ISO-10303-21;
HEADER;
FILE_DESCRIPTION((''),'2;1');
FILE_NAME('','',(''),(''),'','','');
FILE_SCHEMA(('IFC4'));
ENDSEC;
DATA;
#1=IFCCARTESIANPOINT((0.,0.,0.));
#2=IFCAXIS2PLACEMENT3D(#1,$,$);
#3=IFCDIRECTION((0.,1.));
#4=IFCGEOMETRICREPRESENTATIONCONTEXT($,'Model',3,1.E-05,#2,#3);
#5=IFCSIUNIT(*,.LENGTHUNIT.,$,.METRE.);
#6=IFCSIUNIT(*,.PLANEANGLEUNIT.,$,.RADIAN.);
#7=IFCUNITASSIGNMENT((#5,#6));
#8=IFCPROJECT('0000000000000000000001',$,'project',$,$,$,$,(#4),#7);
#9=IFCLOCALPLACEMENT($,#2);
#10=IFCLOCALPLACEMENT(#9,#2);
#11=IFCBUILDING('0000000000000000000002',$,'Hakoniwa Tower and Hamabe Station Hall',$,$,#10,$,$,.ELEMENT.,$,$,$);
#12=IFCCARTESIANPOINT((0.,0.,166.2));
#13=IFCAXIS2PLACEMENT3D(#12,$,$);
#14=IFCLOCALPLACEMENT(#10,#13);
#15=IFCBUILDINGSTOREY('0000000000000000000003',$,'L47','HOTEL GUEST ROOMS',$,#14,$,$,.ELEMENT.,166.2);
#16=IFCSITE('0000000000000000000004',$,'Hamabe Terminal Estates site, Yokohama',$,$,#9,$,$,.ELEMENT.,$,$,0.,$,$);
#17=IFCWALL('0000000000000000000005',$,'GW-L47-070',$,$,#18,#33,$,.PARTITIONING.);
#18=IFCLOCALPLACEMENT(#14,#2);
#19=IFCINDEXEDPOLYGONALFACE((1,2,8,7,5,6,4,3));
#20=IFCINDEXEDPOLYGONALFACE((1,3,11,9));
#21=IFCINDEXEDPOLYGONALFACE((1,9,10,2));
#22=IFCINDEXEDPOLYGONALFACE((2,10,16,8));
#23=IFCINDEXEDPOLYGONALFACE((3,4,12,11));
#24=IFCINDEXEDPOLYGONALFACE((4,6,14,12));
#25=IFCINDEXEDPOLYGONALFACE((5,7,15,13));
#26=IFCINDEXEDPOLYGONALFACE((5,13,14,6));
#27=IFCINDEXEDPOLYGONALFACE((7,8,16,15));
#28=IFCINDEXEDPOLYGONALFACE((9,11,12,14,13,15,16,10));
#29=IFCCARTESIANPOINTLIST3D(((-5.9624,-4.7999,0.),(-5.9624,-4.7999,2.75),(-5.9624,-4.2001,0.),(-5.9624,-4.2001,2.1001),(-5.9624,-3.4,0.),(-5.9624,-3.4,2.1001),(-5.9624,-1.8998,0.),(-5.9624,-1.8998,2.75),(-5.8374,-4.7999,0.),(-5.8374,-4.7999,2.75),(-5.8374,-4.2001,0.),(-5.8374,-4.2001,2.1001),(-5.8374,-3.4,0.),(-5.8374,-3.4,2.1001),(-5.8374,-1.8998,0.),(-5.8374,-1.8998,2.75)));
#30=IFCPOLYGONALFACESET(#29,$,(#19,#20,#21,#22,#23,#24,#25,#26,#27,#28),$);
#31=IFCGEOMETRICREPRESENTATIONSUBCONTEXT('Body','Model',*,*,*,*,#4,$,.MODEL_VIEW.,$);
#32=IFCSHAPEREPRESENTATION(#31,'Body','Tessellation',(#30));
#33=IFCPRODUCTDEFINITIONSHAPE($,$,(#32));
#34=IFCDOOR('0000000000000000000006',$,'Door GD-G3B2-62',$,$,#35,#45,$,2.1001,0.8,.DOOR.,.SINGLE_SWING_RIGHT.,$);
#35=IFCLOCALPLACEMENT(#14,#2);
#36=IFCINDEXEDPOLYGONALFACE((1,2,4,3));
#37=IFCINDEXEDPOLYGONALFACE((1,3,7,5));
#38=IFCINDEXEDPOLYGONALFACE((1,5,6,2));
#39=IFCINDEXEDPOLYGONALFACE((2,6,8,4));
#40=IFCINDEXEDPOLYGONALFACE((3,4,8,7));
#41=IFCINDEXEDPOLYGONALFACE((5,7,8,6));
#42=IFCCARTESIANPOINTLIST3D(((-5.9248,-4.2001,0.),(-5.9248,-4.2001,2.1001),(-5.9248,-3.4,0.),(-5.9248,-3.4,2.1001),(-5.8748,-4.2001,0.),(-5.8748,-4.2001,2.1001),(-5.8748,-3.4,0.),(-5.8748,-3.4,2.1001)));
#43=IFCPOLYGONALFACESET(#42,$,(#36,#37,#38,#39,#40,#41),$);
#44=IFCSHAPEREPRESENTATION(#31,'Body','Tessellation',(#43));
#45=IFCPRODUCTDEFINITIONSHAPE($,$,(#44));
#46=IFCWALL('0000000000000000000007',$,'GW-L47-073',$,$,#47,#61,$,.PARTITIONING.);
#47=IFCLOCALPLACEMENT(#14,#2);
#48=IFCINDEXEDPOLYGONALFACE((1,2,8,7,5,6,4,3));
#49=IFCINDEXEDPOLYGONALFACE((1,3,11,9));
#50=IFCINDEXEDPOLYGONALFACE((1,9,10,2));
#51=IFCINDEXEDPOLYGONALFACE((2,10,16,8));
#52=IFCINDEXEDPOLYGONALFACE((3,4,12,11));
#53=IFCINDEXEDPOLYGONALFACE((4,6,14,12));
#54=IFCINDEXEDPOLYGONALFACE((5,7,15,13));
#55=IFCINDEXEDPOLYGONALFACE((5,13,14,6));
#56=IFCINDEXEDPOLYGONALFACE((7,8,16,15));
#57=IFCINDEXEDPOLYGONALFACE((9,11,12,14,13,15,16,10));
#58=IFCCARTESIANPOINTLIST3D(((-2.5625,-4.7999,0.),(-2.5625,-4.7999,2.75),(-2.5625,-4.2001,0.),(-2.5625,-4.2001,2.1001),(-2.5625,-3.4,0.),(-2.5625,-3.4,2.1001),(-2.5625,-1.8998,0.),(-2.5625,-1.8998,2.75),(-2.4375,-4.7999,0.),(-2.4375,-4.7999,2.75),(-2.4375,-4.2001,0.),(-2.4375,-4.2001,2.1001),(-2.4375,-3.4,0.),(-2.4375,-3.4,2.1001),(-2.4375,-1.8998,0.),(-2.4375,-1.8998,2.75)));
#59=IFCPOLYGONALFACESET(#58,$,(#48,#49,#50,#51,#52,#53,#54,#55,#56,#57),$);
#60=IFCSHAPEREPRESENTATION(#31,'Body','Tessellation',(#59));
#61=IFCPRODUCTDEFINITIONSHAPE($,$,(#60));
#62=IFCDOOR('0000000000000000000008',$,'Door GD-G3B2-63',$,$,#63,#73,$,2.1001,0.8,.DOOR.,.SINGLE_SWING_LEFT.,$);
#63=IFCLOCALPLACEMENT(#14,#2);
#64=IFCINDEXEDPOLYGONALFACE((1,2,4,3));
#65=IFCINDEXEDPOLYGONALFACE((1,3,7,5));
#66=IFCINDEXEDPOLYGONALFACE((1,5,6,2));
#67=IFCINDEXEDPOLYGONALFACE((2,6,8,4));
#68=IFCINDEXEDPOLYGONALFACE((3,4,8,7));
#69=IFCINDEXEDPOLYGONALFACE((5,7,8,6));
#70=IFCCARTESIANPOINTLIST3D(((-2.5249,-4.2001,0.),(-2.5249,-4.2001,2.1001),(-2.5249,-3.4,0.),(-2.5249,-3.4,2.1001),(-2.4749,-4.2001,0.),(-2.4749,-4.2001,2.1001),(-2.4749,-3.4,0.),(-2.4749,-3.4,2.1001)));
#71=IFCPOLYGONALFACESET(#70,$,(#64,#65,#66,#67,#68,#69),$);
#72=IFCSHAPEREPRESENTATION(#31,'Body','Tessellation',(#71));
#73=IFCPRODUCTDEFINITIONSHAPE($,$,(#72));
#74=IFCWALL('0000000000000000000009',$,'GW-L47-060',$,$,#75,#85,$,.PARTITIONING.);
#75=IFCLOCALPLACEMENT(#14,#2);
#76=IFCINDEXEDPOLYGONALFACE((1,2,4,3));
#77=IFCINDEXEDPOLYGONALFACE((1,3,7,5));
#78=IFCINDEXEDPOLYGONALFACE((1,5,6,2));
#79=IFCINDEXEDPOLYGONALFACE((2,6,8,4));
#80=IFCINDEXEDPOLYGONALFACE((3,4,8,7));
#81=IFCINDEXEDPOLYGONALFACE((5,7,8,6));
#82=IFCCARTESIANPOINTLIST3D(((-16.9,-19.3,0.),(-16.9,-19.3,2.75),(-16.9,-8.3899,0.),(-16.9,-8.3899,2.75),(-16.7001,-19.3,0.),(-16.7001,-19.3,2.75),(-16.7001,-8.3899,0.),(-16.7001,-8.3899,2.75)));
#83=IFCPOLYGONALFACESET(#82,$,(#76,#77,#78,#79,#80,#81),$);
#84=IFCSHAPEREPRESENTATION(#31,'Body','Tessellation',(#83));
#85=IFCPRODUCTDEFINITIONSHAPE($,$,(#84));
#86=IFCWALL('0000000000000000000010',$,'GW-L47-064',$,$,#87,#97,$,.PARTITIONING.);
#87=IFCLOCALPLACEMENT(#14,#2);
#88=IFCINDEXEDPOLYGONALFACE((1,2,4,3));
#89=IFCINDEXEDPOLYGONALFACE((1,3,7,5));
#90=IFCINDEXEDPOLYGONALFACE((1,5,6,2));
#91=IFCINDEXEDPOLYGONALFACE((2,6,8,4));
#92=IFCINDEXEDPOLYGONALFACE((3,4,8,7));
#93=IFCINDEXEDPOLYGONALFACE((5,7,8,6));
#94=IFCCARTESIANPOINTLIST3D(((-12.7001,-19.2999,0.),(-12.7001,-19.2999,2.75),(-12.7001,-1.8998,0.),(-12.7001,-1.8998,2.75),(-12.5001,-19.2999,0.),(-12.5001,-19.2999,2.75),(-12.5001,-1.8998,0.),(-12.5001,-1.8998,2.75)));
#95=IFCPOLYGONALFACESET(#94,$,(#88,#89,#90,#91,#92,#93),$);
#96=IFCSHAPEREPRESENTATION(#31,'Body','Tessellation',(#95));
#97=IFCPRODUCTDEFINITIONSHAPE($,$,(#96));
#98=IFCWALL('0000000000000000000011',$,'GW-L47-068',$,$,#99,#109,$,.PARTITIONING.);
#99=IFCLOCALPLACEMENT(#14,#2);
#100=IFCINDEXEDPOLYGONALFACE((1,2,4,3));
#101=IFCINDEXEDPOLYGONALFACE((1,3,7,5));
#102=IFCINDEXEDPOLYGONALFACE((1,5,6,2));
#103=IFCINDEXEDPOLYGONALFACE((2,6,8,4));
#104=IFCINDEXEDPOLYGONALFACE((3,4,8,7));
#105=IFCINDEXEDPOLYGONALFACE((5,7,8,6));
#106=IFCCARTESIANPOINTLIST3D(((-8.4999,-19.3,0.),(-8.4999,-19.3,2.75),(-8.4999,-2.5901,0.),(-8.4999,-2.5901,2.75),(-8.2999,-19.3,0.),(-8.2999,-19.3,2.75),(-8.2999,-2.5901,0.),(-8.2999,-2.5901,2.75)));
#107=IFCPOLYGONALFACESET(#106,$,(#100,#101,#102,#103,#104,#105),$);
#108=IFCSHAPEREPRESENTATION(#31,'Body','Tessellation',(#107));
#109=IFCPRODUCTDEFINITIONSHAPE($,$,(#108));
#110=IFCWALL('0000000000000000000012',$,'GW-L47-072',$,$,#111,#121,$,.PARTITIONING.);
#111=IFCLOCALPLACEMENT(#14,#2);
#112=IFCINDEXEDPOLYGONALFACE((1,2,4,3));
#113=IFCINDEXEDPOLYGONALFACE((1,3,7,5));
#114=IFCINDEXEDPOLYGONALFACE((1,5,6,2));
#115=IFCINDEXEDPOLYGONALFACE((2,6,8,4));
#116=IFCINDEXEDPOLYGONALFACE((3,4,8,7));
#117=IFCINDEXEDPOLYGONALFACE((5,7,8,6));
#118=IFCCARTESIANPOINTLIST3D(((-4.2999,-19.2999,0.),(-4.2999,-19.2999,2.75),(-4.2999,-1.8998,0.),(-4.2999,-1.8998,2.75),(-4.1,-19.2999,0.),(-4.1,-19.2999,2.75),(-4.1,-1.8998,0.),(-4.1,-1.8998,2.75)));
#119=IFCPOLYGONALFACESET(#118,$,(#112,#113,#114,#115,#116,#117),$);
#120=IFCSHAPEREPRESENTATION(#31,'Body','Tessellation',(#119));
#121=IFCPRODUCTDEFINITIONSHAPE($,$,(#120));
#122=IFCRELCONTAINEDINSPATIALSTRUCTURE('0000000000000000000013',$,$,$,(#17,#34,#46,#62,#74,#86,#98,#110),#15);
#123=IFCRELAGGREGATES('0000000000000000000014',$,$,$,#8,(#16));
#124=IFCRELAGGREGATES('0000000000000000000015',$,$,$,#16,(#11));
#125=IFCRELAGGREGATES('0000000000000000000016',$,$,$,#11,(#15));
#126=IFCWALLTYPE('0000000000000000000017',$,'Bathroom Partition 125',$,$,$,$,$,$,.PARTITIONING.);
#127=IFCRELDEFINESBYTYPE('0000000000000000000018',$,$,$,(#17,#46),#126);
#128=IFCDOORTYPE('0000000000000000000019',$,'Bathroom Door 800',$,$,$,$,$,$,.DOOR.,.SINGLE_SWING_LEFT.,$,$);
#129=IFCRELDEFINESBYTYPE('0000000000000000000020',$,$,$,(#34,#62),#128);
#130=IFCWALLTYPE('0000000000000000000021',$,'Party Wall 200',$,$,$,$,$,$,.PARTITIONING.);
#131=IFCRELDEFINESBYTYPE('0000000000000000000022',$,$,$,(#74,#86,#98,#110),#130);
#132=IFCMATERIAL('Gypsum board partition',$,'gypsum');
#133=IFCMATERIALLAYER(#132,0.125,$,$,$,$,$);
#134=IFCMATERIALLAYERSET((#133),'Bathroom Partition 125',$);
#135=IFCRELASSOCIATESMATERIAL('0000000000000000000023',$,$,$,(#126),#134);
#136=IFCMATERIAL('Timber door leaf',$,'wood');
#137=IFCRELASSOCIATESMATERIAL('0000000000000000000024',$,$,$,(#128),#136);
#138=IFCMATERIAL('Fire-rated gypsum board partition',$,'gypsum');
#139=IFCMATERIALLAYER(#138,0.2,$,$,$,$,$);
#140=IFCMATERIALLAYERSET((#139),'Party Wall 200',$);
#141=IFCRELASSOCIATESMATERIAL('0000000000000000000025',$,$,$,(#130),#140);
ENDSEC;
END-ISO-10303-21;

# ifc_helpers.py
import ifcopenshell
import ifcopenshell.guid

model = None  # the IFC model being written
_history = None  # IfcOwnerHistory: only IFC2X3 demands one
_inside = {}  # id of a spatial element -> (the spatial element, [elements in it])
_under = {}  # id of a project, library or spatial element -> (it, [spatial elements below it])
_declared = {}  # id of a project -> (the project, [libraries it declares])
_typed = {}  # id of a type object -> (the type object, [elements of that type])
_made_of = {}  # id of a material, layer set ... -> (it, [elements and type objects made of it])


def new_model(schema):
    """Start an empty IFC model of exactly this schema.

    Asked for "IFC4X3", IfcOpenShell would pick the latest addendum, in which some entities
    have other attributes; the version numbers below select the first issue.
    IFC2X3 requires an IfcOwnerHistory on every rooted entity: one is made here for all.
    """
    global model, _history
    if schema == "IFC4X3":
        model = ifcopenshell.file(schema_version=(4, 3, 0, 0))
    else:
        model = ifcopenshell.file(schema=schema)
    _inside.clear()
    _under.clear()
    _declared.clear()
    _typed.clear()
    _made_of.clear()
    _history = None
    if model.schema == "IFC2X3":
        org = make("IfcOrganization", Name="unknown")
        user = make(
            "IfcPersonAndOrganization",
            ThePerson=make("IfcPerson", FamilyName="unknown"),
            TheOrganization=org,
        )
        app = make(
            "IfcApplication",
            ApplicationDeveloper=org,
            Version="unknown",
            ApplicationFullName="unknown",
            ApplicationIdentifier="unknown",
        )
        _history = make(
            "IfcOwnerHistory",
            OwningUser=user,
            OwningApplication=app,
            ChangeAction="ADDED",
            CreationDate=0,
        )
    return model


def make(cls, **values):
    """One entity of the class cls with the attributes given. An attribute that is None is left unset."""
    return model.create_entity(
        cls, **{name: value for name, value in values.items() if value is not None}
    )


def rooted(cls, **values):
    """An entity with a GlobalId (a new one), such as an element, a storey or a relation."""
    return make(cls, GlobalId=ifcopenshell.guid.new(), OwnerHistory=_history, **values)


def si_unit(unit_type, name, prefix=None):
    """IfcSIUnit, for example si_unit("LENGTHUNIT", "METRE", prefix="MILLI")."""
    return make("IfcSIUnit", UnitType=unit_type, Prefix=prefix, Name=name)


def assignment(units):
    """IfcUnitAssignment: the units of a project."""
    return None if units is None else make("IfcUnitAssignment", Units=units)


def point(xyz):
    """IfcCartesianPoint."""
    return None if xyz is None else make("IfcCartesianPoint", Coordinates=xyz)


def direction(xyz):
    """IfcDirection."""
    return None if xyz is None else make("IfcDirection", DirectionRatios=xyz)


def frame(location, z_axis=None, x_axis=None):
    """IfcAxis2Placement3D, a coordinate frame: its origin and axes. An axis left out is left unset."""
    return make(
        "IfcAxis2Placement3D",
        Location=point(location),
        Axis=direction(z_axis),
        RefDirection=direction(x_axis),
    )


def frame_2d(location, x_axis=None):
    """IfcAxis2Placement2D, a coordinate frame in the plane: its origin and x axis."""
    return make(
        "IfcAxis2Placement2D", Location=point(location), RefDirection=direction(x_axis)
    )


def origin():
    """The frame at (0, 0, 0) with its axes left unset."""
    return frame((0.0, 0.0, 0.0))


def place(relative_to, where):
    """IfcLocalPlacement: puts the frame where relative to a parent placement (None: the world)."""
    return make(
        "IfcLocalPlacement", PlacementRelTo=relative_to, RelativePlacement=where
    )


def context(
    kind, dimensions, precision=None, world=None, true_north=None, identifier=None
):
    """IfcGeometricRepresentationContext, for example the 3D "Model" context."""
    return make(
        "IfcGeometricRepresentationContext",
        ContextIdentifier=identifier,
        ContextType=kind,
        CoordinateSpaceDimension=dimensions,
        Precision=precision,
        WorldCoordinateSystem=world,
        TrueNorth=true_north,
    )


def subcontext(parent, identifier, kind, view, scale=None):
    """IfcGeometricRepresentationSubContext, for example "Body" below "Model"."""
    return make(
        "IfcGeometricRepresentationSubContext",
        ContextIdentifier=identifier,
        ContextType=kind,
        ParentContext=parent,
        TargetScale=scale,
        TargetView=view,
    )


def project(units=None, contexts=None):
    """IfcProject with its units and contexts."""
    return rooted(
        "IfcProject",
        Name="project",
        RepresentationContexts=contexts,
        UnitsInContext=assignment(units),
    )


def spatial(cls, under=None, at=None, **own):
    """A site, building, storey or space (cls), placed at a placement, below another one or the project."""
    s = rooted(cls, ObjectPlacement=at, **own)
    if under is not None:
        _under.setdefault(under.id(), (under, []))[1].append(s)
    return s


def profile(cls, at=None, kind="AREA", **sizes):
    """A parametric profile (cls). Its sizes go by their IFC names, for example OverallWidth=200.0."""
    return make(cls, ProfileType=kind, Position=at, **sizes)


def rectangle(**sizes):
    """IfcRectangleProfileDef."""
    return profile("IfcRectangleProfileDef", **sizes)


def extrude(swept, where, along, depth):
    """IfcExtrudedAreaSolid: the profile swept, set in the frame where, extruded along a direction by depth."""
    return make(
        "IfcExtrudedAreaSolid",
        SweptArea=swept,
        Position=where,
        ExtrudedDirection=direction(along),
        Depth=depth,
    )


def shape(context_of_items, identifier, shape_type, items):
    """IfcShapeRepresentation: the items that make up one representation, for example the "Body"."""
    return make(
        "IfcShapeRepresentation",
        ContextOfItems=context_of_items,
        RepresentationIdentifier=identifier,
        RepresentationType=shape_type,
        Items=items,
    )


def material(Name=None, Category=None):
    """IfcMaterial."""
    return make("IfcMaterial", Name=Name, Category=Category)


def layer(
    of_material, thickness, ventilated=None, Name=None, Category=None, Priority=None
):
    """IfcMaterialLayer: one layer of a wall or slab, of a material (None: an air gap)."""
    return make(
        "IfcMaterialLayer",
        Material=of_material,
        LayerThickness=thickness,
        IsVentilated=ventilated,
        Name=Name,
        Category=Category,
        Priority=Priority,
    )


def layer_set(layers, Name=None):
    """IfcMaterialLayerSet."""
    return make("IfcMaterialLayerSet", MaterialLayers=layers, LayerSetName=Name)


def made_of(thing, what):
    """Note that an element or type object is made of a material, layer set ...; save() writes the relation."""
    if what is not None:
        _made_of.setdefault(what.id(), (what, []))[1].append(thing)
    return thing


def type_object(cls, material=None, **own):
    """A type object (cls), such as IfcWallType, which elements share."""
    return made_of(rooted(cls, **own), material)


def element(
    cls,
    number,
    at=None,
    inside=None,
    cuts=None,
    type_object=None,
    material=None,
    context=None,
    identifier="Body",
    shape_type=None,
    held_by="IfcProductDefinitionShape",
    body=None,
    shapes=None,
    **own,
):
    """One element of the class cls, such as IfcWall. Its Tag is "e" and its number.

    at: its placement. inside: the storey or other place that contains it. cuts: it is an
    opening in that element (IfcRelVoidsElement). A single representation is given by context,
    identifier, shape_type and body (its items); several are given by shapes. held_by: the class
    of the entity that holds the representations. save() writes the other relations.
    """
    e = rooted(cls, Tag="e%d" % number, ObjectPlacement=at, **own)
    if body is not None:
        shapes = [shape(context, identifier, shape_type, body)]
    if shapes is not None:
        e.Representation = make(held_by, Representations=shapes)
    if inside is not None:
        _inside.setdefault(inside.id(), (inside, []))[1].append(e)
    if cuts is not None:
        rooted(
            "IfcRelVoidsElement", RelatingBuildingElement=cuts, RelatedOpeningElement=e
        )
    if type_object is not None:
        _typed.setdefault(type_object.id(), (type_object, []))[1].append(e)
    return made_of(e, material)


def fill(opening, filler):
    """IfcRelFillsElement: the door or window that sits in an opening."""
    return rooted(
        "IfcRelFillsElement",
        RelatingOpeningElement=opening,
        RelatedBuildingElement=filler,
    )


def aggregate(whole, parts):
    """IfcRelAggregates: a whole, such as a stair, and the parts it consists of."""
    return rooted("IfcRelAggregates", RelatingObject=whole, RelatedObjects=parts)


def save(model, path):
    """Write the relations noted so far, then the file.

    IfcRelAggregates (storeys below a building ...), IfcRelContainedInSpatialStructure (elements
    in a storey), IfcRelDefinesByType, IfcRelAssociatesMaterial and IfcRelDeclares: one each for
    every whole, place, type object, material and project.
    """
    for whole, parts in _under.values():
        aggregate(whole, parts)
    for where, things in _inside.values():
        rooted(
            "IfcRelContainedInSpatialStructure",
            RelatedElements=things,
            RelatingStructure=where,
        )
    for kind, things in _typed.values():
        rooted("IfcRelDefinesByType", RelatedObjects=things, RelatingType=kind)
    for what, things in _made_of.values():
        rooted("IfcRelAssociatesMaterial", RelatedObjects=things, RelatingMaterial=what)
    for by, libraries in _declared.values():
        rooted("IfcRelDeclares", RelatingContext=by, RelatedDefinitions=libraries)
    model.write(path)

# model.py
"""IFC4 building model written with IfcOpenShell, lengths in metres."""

from ifc_helpers import new_model, si_unit, direction, frame, frame_2d, origin, place, context, subcontext, project, spatial, rectangle, extrude, material, layer, layer_set, type_object, element, fill, save


model = new_model("IFC4")

# Units and contexts
model_context = context("Model", 3, precision=1e-05, world=origin(), true_north=direction((0.0, 1.0)))
body_context = subcontext(model_context, "Body", "Model", "MODEL_VIEW")
ifc_project = project(units=[si_unit("LENGTHUNIT", "METRE"), si_unit("PLANEANGLEUNIT", "RADIAN")], contexts=[model_context])

# Site, building, storey
site_placement = place(None, origin())
site = spatial("IfcSite", under=ifc_project, at=site_placement, Name="Hamabe Terminal Estates site, Yokohama", CompositionType="ELEMENT", RefElevation=0.0)
building_placement = place(site_placement, origin())
building = spatial("IfcBuilding", under=site, at=building_placement, Name="Hakoniwa Tower and Hamabe Station Hall", CompositionType="ELEMENT")
storey_placement = place(building_placement, frame((0.0, 0.0, 166.2)))
storey = spatial("IfcBuildingStorey", under=building, at=storey_placement, Name="L47", Description="HOTEL GUEST ROOMS", CompositionType="ELEMENT", Elevation=166.2)

# Shared definitions
ifc_material_1 = material(Name="Gypsum board partition", Category="gypsum")
ifc_layer_1 = layer(ifc_material_1, 0.125)
ifc_layer_set_1 = layer_set([ifc_layer_1], Name="Bathroom Partition 125")
wall_type_1 = type_object("IfcWallType", Name="Bathroom Partition 125", PredefinedType="PARTITIONING", material=ifc_layer_set_1)

# Walls, openings, doors
ifc_material_2 = material(Name="Timber door leaf", Category="wood")
door_type = type_object("IfcDoorType", Name="Bathroom Door 800", OperationType="SINGLE_SWING_LEFT", PredefinedType="DOOR", material=ifc_material_2)
wall_1_placement = place(storey_placement, frame((-5.8999, -4.8, 0.0), z_axis=(0.0, 0.0, 1.0), x_axis=(0.0, 1.0, 0.0)))
wall_1 = element("IfcWall", 1, at=wall_1_placement, inside=storey, type_object=wall_type_1, Name="GW-L47-070", PredefinedType="PARTITIONING", context=body_context, shape_type="SweptSolid", body=[
    extrude(rectangle(XDim=2.9001, YDim=0.125, at=frame_2d((1.4502, 0.0))), origin(), (0.0, 0.0, 1.0), 2.75),
])
opening_1_placement = place(wall_1_placement, frame((0.6001, 0.0, 0.0)))
opening_1 = element("IfcOpeningElement", 2, at=opening_1_placement, cuts=wall_1, PredefinedType="OPENING", context=body_context, shape_type="SweptSolid", body=[
    extrude(rectangle(XDim=0.8, YDim=2.1001, at=frame_2d((0.3999, 1.05))), frame((0.0, 0.0725, 0.0), z_axis=(0.0, -1.0, 0.0), x_axis=(1.0, 0.0, 0.0)), (0.0, 0.0, 1.0), 0.145),
])
door_1_placement = place(opening_1_placement, origin())
door_1 = element("IfcDoor", 3, at=door_1_placement, inside=storey, type_object=door_type, Name="Door GD-G3B2-62", OperationType="SINGLE_SWING_RIGHT", OverallHeight=2.1001, OverallWidth=0.8, PredefinedType="DOOR", context=body_context, shape_type="SweptSolid", body=[
    extrude(rectangle(XDim=0.8, YDim=2.1001, at=frame_2d((0.3999, 1.05))), frame((0.0, 0.0249, 0.0), z_axis=(0.0, -1.0, 0.0), x_axis=(1.0, 0.0, 0.0)), (0.0, 0.0, 1.0), 0.05),
])
fill(opening_1, door_1)
wall_2_placement = place(storey_placement, frame((-2.5, -4.8, 0.0), z_axis=(0.0, 0.0, 1.0), x_axis=(0.0, 1.0, 0.0)))
wall_2 = element("IfcWall", 4, at=wall_2_placement, inside=storey, type_object=wall_type_1, Name="GW-L47-073", PredefinedType="PARTITIONING", context=body_context, shape_type="SweptSolid", body=[
    extrude(rectangle(XDim=2.9001, YDim=0.125, at=frame_2d((1.4502, 0.0))), origin(), (0.0, 0.0, 1.0), 2.75),
])
opening_2_placement = place(wall_2_placement, frame((0.6001, 0.0, 0.0)))
opening_2 = element("IfcOpeningElement", 5, at=opening_2_placement, cuts=wall_2, PredefinedType="OPENING", context=body_context, shape_type="SweptSolid", body=[
    extrude(rectangle(XDim=0.8, YDim=2.1001, at=frame_2d((0.3999, 1.05))), frame((0.0, 0.0725, 0.0), z_axis=(0.0, -1.0, 0.0), x_axis=(1.0, 0.0, 0.0)), (0.0, 0.0, 1.0), 0.145),
])
door_2_placement = place(opening_2_placement, origin())
door_2 = element("IfcDoor", 6, at=door_2_placement, inside=storey, type_object=door_type, Name="Door GD-G3B2-63", OperationType="SINGLE_SWING_LEFT", OverallHeight=2.1001, OverallWidth=0.8, PredefinedType="DOOR", context=body_context, shape_type="SweptSolid", body=[
    extrude(rectangle(XDim=0.8, YDim=2.1001, at=frame_2d((0.3999, 1.05))), frame((0.0, 0.0249, 0.0), z_axis=(0.0, -1.0, 0.0), x_axis=(1.0, 0.0, 0.0)), (0.0, 0.0, 1.0), 0.05),
])
fill(opening_2, door_2)

# Walls
ifc_material_3 = material(Name="Fire-rated gypsum board partition", Category="gypsum")
ifc_layer_2 = layer(ifc_material_3, 0.2)
ifc_layer_set_2 = layer_set([ifc_layer_2], Name="Party Wall 200")
wall_type_2 = type_object("IfcWallType", Name="Party Wall 200", PredefinedType="PARTITIONING", material=ifc_layer_set_2)
wall_3_placement = place(storey_placement, frame((-16.8, -19.3, 0.0), z_axis=(0.0, 0.0, 1.0), x_axis=(0.0, 1.0, 0.0)))
element("IfcWall", 7, at=wall_3_placement, inside=storey, type_object=wall_type_2, Name="GW-L47-060", PredefinedType="PARTITIONING", context=body_context, shape_type="SweptSolid", body=[
    extrude(rectangle(XDim=10.9102, YDim=0.2, at=frame_2d((5.4551, 0.0))), origin(), (0.0, 0.0, 1.0), 2.75),
])
wall_4_placement = place(storey_placement, frame((-12.6001, -19.3, 0.0), z_axis=(0.0, 0.0, 1.0), x_axis=(0.0, 1.0, 0.0)))
element("IfcWall", 8, at=wall_4_placement, inside=storey, type_object=wall_type_2, Name="GW-L47-064", PredefinedType="PARTITIONING", context=body_context, shape_type="SweptSolid", body=[
    extrude(rectangle(XDim=17.4001, YDim=0.2, at=frame_2d((8.7002, 0.0))), origin(), (0.0, 0.0, 1.0), 2.75),
])
wall_5_placement = place(storey_placement, frame((-8.3999, -19.3, 0.0), z_axis=(0.0, 0.0, 1.0), x_axis=(0.0, 1.0, 0.0)))
element("IfcWall", 9, at=wall_5_placement, inside=storey, type_object=wall_type_2, Name="GW-L47-068", PredefinedType="PARTITIONING", context=body_context, shape_type="SweptSolid", body=[
    extrude(rectangle(XDim=16.71, YDim=0.2, at=frame_2d((8.355, 0.0))), origin(), (0.0, 0.0, 1.0), 2.75),
])
wall_6_placement = place(storey_placement, frame((-4.2, -19.3, 0.0), z_axis=(0.0, 0.0, 1.0), x_axis=(0.0, 1.0, 0.0)))
element("IfcWall", 10, at=wall_6_placement, inside=storey, type_object=wall_type_2, Name="GW-L47-072", PredefinedType="PARTITIONING", context=body_context, shape_type="SweptSolid", body=[
    extrude(rectangle(XDim=17.4001, YDim=0.2, at=frame_2d((8.7002, 0.0))), origin(), (0.0, 0.0, 1.0), 2.75),
])

save(model, "model.ifc")
